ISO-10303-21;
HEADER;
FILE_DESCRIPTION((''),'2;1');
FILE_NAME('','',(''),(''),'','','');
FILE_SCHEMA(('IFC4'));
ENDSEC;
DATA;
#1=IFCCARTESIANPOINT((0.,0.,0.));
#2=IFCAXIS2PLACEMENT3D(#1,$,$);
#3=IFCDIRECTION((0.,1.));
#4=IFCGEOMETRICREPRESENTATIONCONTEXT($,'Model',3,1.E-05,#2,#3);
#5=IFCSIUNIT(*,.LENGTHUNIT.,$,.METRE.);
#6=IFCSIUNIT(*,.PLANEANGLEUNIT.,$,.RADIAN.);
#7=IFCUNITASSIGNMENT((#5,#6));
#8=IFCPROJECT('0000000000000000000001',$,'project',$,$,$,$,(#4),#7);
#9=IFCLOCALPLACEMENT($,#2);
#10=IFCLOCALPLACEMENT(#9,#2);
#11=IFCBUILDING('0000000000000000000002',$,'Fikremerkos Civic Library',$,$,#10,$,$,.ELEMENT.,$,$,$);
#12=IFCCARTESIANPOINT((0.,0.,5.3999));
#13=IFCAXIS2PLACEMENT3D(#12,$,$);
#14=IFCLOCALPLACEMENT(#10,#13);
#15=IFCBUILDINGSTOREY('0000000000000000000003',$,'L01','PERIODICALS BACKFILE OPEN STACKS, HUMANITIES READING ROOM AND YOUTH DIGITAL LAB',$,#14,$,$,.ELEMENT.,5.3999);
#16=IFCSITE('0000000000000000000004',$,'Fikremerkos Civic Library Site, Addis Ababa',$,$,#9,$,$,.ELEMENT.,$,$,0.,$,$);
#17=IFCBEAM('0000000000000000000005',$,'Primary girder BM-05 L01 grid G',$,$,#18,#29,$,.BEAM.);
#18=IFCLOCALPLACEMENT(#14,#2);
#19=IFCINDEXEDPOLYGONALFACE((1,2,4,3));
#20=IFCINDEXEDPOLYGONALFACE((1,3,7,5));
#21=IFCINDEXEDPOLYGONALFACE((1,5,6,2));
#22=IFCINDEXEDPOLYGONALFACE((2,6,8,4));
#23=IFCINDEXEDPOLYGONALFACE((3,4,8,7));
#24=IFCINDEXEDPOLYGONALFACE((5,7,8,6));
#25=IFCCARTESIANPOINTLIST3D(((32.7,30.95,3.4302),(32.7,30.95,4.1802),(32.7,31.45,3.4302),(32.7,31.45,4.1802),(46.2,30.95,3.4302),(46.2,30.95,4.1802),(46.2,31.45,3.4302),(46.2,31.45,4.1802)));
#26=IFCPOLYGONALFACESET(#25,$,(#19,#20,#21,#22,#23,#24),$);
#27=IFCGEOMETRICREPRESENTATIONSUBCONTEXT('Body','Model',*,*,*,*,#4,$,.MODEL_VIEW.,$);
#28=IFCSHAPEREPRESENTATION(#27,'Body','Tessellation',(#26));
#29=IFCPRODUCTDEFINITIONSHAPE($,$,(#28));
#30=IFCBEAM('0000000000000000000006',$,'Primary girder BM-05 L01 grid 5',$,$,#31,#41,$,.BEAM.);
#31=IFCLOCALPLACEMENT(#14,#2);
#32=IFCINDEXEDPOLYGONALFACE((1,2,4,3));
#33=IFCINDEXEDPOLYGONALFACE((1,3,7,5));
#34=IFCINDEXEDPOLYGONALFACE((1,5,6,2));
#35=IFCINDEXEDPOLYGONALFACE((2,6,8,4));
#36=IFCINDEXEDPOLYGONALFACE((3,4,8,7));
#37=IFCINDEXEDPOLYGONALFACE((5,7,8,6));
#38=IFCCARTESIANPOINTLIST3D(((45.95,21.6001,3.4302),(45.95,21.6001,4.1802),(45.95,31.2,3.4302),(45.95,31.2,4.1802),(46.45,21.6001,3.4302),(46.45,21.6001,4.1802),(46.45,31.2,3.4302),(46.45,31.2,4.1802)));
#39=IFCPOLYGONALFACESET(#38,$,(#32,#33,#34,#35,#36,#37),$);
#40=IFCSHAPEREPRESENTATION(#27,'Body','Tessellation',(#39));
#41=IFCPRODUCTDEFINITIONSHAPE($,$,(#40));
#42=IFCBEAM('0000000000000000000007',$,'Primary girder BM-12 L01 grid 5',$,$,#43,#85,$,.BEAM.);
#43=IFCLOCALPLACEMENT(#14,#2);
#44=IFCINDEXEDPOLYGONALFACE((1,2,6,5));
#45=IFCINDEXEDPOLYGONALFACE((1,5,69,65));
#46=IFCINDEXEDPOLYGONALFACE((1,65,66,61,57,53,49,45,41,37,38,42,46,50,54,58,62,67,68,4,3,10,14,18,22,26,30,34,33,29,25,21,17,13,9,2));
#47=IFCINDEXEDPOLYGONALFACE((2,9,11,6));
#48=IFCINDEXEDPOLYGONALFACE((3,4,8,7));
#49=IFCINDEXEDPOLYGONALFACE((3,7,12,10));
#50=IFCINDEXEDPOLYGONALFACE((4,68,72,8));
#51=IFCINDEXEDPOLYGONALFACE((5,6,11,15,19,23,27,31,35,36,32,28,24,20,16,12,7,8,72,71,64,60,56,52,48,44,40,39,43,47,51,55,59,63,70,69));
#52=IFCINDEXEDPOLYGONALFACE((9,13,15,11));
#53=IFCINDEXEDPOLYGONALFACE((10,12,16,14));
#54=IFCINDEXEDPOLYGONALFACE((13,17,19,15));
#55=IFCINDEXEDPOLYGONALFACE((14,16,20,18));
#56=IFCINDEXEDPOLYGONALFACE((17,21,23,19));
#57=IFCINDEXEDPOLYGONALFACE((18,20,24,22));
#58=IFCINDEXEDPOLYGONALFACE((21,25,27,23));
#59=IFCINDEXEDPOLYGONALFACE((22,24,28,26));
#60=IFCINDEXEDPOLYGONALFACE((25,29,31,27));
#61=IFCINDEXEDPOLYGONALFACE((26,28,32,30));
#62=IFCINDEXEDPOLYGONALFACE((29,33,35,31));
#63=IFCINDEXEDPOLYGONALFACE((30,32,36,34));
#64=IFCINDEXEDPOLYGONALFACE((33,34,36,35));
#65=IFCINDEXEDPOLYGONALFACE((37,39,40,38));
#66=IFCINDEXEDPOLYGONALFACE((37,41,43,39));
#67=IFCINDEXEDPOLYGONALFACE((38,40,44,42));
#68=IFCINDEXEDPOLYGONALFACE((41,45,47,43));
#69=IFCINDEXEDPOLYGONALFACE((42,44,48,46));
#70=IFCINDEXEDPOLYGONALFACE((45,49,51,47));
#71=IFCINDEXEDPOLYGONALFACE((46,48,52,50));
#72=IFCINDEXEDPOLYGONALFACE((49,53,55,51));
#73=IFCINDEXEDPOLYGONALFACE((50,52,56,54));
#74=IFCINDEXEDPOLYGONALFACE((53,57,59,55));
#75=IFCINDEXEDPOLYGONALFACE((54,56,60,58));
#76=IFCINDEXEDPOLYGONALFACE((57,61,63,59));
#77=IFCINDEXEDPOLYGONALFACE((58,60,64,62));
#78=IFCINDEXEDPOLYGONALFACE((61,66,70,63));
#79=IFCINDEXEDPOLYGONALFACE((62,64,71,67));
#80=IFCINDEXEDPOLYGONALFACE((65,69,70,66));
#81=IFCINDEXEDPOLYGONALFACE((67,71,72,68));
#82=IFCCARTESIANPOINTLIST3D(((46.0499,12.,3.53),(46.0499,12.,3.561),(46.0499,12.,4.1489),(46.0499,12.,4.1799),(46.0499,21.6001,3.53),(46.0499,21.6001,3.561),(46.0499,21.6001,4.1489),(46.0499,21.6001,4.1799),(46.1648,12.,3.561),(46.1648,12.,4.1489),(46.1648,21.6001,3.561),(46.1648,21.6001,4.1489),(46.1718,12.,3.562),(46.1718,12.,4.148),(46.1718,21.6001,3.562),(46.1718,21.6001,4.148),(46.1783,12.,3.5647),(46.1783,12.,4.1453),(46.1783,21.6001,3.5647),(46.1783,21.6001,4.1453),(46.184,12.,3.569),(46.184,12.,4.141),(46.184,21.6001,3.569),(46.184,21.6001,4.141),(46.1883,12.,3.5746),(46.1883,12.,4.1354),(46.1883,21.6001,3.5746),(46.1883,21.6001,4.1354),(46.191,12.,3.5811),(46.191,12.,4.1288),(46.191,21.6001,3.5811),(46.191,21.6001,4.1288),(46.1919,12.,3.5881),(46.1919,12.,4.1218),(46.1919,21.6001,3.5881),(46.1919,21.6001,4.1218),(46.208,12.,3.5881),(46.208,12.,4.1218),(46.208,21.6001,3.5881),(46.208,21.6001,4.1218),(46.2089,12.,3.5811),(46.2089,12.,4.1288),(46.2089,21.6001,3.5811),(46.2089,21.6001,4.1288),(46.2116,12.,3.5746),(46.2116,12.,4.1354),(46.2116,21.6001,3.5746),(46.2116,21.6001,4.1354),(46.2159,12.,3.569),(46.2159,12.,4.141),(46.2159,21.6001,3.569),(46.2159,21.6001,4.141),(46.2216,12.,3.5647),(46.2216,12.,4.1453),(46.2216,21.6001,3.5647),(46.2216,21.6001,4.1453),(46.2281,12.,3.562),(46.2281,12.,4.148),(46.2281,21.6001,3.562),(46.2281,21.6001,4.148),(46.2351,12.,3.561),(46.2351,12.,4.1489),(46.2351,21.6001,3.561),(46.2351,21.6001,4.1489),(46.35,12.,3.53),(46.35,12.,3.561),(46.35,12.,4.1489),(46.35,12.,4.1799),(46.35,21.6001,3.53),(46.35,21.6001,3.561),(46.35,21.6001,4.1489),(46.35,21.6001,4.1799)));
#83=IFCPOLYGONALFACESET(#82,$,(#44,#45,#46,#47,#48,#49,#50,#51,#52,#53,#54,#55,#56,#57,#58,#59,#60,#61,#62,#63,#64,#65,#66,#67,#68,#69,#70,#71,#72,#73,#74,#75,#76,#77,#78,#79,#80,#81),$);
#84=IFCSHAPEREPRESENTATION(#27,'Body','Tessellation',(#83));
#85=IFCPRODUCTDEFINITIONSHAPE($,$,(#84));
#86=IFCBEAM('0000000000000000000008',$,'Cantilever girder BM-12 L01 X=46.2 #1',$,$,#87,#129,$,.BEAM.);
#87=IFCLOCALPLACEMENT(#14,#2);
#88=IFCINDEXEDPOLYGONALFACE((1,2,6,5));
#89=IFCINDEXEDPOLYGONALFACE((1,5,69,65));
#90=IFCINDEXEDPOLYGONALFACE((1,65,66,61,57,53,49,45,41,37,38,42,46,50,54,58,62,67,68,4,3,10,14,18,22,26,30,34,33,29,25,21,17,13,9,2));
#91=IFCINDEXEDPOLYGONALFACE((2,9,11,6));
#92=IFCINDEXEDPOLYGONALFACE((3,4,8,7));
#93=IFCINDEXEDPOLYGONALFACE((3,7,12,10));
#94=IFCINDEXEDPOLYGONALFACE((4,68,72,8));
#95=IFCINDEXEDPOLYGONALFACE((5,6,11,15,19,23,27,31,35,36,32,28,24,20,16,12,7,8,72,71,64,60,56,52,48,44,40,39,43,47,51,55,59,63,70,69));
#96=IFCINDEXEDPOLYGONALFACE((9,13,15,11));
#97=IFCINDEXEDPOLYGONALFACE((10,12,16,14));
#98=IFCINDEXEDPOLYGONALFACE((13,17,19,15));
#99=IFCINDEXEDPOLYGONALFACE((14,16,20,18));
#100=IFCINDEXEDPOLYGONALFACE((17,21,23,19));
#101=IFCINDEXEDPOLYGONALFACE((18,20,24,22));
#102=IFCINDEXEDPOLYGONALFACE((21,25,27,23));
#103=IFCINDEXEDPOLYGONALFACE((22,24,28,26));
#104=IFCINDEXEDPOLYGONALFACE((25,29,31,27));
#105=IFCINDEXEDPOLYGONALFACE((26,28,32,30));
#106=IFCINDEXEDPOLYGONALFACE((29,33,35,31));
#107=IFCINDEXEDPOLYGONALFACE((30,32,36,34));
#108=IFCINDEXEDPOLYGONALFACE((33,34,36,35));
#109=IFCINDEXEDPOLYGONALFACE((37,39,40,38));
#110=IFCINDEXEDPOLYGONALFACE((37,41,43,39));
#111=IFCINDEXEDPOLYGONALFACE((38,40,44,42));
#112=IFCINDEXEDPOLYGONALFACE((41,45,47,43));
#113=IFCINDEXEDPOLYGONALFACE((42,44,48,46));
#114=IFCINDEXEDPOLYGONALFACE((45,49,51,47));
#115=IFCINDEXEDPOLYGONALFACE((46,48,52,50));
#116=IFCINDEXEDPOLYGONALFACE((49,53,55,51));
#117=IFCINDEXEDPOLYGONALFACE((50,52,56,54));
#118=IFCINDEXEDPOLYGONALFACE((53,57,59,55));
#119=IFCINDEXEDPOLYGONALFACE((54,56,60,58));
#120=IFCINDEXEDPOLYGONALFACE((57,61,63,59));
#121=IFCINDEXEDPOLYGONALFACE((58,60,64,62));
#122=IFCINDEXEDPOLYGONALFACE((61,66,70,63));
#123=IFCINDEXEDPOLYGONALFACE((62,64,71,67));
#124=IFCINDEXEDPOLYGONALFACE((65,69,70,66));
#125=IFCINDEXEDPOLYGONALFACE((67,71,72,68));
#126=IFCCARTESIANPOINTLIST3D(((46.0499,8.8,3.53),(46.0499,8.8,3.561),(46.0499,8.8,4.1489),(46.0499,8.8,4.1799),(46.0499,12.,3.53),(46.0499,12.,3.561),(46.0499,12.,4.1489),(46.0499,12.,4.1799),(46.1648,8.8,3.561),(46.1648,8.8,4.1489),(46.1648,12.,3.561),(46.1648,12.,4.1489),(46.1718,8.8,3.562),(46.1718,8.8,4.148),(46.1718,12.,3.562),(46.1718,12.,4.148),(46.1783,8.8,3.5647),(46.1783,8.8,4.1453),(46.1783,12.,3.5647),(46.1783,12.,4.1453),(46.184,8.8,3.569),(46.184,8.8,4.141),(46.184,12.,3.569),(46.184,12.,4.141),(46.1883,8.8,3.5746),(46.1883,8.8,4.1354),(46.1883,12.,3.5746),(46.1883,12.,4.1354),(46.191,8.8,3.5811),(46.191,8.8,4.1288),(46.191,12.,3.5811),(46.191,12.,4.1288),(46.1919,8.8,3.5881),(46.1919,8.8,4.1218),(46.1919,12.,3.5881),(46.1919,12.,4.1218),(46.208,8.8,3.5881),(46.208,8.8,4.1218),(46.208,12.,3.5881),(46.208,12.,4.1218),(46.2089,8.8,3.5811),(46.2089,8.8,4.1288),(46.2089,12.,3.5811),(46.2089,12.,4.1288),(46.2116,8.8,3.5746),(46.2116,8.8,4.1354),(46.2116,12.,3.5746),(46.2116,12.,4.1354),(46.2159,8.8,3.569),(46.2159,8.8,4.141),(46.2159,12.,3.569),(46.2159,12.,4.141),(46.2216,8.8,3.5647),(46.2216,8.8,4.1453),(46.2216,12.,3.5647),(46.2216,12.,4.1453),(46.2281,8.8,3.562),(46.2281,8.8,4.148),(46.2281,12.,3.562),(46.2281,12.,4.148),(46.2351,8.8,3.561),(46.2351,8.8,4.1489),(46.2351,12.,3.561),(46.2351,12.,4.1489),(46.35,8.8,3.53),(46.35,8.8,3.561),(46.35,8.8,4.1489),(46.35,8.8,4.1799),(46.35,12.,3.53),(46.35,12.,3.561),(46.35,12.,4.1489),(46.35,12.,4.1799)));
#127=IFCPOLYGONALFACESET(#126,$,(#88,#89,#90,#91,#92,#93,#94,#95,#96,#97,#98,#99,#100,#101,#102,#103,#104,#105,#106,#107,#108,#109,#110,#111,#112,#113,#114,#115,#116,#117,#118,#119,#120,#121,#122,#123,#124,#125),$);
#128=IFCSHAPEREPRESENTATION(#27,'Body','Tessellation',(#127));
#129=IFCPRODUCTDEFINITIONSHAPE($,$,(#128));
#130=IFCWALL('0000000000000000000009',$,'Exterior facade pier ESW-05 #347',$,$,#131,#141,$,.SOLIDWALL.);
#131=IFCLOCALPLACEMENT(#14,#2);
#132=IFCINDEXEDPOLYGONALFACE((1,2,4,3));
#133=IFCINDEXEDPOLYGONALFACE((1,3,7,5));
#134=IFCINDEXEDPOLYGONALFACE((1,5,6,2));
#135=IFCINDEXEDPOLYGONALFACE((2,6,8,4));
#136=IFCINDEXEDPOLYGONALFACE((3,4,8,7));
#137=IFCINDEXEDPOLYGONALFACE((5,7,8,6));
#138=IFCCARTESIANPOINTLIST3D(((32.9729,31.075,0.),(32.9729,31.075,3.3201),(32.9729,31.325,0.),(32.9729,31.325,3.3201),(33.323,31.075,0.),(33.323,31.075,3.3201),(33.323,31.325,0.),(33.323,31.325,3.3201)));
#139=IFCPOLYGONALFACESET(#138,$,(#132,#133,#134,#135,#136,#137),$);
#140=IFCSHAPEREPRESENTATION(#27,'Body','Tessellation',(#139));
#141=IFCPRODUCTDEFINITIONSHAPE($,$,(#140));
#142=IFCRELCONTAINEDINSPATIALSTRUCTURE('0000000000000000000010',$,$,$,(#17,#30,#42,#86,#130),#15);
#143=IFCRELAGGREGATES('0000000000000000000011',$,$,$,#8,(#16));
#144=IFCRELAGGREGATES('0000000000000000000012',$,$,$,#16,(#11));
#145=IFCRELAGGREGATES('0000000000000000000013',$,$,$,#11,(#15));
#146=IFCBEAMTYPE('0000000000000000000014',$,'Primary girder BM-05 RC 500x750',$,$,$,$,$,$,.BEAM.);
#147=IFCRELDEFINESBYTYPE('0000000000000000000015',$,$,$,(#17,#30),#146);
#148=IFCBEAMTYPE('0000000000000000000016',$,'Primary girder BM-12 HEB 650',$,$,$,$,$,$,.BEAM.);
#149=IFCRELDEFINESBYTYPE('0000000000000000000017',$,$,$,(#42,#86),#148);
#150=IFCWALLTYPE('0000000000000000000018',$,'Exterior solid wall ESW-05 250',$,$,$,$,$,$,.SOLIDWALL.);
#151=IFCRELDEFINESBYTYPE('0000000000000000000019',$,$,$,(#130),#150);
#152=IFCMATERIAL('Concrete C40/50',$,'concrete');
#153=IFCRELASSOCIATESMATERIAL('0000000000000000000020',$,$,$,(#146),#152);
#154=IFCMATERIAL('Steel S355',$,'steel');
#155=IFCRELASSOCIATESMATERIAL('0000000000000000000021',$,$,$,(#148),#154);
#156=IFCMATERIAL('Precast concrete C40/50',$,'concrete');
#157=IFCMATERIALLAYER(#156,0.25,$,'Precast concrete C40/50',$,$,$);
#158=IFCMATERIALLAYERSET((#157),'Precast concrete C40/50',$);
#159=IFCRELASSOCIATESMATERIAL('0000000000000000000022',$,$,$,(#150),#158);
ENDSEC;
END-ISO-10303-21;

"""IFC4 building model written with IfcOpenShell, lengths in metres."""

from ifc_helpers import new_model, si_unit, direction, frame, frame_2d, origin, origin_2d, place, context, subcontext, project, spatial, rectangle, i_section, extrude, material, layer, layer_set, material_profile, profile_set, type_object, element, save


model = new_model("IFC4")

# Units and contexts
model_context = context("Model", 3, precision=1e-05, world=origin(), true_north=direction((0.0, 1.0)))
body_context = subcontext(model_context, "Body", "Model", "MODEL_VIEW")
ifc_project = project(units=[si_unit("LENGTHUNIT", "METRE"), si_unit("PLANEANGLEUNIT", "RADIAN")], contexts=[model_context])

# Site, building, storey
site_placement = place(None, origin())
site = spatial("IfcSite", under=ifc_project, at=site_placement, Name="Fikremerkos Civic Library Site, Addis Ababa", CompositionType="ELEMENT", RefElevation=0.0)
building_placement = place(site_placement, origin())
building = spatial("IfcBuilding", under=site, at=building_placement, Name="Fikremerkos Civic Library", CompositionType="ELEMENT")
storey_placement = place(building_placement, frame((0.0, 0.0, 5.3999)))
storey = spatial("IfcBuildingStorey", under=building, at=storey_placement, Name="L01", Description="PERIODICALS BACKFILE OPEN STACKS, HUMANITIES READING ROOM AND YOUTH DIGITAL LAB", CompositionType="ELEMENT", Elevation=5.3999)

# Shared definitions
ifc_material_1 = material(Name="Concrete C40/50", Category="concrete")

# Beams
ifc_material_2 = material(Name="Steel S355", Category="steel")
ifc_material_profile_1 = material_profile(ifc_material_1, rectangle(XDim=0.5, YDim=0.75, at=origin_2d()), Name="RC 500x750")
ifc_profile_set_1 = profile_set([ifc_material_profile_1], Name="Concrete C40/50")
beam_type_1 = type_object("IfcBeamType", Name="Primary girder BM-05 RC 500x750", PredefinedType="BEAM", material=ifc_profile_set_1)
beam_1_placement = place(storey_placement, frame((32.7, 31.2, 3.8052), z_axis=(1.0, 0.0, 0.0), x_axis=(0.0, 1.0, 0.0)))
element("IfcBeam", 1, at=beam_1_placement, inside=storey, type_object=beam_type_1, Name="Primary girder BM-05 L01 grid G", PredefinedType="BEAM", context=body_context, shape_type="SweptSolid", body=[
    extrude(rectangle(XDim=0.5, YDim=0.75, at=origin_2d()), origin(), (0.0, 0.0, 1.0), 13.5),
])
beam_2_placement = place(storey_placement, frame((46.2, 21.6001, 3.8052), z_axis=(0.0, 1.0, 0.0), x_axis=(-1.0, 0.0, 0.0)))
element("IfcBeam", 2, at=beam_2_placement, inside=storey, type_object=beam_type_1, Name="Primary girder BM-05 L01 grid 5", PredefinedType="BEAM", context=body_context, shape_type="SweptSolid", body=[
    extrude(rectangle(XDim=0.5, YDim=0.75, at=origin_2d()), origin(), (0.0, 0.0, 1.0), 9.5999),
])
ifc_material_profile_2 = material_profile(ifc_material_2, i_section(OverallWidth=0.3, OverallDepth=0.6499, WebThickness=0.0161, FlangeThickness=0.031, FilletRadius=0.0271, at=origin_2d()), Name="HEB 650")
ifc_profile_set_2 = profile_set([ifc_material_profile_2], Name="Steel S355")
beam_type_2 = type_object("IfcBeamType", Name="Primary girder BM-12 HEB 650", PredefinedType="BEAM", material=ifc_profile_set_2)
beam_3_placement = place(storey_placement, frame((46.2, 12.0, 3.855), z_axis=(0.0, 1.0, 0.0), x_axis=(-1.0, 0.0, 0.0)))
element("IfcBeam", 3, at=beam_3_placement, inside=storey, type_object=beam_type_2, Name="Primary girder BM-12 L01 grid 5", PredefinedType="BEAM", context=body_context, shape_type="SweptSolid", body=[
    extrude(i_section(OverallWidth=0.3, OverallDepth=0.6499, WebThickness=0.0161, FlangeThickness=0.031, FilletRadius=0.0271, at=origin_2d()), origin(), (0.0, 0.0, 1.0), 9.6001),
])
beam_4_placement = place(storey_placement, frame((46.2, 12.0, 3.855), z_axis=(0.0, -1.0, 0.0), x_axis=(1.0, 0.0, 0.0)))
element("IfcBeam", 4, at=beam_4_placement, inside=storey, type_object=beam_type_2, Name="Cantilever girder BM-12 L01 X=46.2 #1", PredefinedType="BEAM", context=body_context, shape_type="SweptSolid", body=[
    extrude(i_section(OverallWidth=0.3, OverallDepth=0.6499, WebThickness=0.0161, FlangeThickness=0.031, FilletRadius=0.0271, at=origin_2d()), origin(), (0.0, 0.0, 1.0), 3.2),
])

# Wall
ifc_material_3 = material(Name="Precast concrete C40/50", Category="concrete")
ifc_layer_1 = layer(ifc_material_3, 0.25, Name="Precast concrete C40/50")
ifc_layer_set_1 = layer_set([ifc_layer_1], Name="Precast concrete C40/50")
wall_type = type_object("IfcWallType", Name="Exterior solid wall ESW-05 250", PredefinedType="SOLIDWALL", material=ifc_layer_set_1)
wall_placement = place(storey_placement, frame((32.9729, 31.2, 0.0), z_axis=(0.0, 0.0, 1.0), x_axis=(1.0, 0.0, 0.0)))
element("IfcWall", 5, at=wall_placement, inside=storey, type_object=wall_type, Name="Exterior facade pier ESW-05 #347", PredefinedType="SOLIDWALL", context=body_context, shape_type="SweptSolid", body=[
    extrude(rectangle(XDim=0.3501, YDim=0.25, at=frame_2d((0.175, 0.0))), origin(), (0.0, 0.0, 1.0), 3.3201),
])

save(model, "model.ifc")
